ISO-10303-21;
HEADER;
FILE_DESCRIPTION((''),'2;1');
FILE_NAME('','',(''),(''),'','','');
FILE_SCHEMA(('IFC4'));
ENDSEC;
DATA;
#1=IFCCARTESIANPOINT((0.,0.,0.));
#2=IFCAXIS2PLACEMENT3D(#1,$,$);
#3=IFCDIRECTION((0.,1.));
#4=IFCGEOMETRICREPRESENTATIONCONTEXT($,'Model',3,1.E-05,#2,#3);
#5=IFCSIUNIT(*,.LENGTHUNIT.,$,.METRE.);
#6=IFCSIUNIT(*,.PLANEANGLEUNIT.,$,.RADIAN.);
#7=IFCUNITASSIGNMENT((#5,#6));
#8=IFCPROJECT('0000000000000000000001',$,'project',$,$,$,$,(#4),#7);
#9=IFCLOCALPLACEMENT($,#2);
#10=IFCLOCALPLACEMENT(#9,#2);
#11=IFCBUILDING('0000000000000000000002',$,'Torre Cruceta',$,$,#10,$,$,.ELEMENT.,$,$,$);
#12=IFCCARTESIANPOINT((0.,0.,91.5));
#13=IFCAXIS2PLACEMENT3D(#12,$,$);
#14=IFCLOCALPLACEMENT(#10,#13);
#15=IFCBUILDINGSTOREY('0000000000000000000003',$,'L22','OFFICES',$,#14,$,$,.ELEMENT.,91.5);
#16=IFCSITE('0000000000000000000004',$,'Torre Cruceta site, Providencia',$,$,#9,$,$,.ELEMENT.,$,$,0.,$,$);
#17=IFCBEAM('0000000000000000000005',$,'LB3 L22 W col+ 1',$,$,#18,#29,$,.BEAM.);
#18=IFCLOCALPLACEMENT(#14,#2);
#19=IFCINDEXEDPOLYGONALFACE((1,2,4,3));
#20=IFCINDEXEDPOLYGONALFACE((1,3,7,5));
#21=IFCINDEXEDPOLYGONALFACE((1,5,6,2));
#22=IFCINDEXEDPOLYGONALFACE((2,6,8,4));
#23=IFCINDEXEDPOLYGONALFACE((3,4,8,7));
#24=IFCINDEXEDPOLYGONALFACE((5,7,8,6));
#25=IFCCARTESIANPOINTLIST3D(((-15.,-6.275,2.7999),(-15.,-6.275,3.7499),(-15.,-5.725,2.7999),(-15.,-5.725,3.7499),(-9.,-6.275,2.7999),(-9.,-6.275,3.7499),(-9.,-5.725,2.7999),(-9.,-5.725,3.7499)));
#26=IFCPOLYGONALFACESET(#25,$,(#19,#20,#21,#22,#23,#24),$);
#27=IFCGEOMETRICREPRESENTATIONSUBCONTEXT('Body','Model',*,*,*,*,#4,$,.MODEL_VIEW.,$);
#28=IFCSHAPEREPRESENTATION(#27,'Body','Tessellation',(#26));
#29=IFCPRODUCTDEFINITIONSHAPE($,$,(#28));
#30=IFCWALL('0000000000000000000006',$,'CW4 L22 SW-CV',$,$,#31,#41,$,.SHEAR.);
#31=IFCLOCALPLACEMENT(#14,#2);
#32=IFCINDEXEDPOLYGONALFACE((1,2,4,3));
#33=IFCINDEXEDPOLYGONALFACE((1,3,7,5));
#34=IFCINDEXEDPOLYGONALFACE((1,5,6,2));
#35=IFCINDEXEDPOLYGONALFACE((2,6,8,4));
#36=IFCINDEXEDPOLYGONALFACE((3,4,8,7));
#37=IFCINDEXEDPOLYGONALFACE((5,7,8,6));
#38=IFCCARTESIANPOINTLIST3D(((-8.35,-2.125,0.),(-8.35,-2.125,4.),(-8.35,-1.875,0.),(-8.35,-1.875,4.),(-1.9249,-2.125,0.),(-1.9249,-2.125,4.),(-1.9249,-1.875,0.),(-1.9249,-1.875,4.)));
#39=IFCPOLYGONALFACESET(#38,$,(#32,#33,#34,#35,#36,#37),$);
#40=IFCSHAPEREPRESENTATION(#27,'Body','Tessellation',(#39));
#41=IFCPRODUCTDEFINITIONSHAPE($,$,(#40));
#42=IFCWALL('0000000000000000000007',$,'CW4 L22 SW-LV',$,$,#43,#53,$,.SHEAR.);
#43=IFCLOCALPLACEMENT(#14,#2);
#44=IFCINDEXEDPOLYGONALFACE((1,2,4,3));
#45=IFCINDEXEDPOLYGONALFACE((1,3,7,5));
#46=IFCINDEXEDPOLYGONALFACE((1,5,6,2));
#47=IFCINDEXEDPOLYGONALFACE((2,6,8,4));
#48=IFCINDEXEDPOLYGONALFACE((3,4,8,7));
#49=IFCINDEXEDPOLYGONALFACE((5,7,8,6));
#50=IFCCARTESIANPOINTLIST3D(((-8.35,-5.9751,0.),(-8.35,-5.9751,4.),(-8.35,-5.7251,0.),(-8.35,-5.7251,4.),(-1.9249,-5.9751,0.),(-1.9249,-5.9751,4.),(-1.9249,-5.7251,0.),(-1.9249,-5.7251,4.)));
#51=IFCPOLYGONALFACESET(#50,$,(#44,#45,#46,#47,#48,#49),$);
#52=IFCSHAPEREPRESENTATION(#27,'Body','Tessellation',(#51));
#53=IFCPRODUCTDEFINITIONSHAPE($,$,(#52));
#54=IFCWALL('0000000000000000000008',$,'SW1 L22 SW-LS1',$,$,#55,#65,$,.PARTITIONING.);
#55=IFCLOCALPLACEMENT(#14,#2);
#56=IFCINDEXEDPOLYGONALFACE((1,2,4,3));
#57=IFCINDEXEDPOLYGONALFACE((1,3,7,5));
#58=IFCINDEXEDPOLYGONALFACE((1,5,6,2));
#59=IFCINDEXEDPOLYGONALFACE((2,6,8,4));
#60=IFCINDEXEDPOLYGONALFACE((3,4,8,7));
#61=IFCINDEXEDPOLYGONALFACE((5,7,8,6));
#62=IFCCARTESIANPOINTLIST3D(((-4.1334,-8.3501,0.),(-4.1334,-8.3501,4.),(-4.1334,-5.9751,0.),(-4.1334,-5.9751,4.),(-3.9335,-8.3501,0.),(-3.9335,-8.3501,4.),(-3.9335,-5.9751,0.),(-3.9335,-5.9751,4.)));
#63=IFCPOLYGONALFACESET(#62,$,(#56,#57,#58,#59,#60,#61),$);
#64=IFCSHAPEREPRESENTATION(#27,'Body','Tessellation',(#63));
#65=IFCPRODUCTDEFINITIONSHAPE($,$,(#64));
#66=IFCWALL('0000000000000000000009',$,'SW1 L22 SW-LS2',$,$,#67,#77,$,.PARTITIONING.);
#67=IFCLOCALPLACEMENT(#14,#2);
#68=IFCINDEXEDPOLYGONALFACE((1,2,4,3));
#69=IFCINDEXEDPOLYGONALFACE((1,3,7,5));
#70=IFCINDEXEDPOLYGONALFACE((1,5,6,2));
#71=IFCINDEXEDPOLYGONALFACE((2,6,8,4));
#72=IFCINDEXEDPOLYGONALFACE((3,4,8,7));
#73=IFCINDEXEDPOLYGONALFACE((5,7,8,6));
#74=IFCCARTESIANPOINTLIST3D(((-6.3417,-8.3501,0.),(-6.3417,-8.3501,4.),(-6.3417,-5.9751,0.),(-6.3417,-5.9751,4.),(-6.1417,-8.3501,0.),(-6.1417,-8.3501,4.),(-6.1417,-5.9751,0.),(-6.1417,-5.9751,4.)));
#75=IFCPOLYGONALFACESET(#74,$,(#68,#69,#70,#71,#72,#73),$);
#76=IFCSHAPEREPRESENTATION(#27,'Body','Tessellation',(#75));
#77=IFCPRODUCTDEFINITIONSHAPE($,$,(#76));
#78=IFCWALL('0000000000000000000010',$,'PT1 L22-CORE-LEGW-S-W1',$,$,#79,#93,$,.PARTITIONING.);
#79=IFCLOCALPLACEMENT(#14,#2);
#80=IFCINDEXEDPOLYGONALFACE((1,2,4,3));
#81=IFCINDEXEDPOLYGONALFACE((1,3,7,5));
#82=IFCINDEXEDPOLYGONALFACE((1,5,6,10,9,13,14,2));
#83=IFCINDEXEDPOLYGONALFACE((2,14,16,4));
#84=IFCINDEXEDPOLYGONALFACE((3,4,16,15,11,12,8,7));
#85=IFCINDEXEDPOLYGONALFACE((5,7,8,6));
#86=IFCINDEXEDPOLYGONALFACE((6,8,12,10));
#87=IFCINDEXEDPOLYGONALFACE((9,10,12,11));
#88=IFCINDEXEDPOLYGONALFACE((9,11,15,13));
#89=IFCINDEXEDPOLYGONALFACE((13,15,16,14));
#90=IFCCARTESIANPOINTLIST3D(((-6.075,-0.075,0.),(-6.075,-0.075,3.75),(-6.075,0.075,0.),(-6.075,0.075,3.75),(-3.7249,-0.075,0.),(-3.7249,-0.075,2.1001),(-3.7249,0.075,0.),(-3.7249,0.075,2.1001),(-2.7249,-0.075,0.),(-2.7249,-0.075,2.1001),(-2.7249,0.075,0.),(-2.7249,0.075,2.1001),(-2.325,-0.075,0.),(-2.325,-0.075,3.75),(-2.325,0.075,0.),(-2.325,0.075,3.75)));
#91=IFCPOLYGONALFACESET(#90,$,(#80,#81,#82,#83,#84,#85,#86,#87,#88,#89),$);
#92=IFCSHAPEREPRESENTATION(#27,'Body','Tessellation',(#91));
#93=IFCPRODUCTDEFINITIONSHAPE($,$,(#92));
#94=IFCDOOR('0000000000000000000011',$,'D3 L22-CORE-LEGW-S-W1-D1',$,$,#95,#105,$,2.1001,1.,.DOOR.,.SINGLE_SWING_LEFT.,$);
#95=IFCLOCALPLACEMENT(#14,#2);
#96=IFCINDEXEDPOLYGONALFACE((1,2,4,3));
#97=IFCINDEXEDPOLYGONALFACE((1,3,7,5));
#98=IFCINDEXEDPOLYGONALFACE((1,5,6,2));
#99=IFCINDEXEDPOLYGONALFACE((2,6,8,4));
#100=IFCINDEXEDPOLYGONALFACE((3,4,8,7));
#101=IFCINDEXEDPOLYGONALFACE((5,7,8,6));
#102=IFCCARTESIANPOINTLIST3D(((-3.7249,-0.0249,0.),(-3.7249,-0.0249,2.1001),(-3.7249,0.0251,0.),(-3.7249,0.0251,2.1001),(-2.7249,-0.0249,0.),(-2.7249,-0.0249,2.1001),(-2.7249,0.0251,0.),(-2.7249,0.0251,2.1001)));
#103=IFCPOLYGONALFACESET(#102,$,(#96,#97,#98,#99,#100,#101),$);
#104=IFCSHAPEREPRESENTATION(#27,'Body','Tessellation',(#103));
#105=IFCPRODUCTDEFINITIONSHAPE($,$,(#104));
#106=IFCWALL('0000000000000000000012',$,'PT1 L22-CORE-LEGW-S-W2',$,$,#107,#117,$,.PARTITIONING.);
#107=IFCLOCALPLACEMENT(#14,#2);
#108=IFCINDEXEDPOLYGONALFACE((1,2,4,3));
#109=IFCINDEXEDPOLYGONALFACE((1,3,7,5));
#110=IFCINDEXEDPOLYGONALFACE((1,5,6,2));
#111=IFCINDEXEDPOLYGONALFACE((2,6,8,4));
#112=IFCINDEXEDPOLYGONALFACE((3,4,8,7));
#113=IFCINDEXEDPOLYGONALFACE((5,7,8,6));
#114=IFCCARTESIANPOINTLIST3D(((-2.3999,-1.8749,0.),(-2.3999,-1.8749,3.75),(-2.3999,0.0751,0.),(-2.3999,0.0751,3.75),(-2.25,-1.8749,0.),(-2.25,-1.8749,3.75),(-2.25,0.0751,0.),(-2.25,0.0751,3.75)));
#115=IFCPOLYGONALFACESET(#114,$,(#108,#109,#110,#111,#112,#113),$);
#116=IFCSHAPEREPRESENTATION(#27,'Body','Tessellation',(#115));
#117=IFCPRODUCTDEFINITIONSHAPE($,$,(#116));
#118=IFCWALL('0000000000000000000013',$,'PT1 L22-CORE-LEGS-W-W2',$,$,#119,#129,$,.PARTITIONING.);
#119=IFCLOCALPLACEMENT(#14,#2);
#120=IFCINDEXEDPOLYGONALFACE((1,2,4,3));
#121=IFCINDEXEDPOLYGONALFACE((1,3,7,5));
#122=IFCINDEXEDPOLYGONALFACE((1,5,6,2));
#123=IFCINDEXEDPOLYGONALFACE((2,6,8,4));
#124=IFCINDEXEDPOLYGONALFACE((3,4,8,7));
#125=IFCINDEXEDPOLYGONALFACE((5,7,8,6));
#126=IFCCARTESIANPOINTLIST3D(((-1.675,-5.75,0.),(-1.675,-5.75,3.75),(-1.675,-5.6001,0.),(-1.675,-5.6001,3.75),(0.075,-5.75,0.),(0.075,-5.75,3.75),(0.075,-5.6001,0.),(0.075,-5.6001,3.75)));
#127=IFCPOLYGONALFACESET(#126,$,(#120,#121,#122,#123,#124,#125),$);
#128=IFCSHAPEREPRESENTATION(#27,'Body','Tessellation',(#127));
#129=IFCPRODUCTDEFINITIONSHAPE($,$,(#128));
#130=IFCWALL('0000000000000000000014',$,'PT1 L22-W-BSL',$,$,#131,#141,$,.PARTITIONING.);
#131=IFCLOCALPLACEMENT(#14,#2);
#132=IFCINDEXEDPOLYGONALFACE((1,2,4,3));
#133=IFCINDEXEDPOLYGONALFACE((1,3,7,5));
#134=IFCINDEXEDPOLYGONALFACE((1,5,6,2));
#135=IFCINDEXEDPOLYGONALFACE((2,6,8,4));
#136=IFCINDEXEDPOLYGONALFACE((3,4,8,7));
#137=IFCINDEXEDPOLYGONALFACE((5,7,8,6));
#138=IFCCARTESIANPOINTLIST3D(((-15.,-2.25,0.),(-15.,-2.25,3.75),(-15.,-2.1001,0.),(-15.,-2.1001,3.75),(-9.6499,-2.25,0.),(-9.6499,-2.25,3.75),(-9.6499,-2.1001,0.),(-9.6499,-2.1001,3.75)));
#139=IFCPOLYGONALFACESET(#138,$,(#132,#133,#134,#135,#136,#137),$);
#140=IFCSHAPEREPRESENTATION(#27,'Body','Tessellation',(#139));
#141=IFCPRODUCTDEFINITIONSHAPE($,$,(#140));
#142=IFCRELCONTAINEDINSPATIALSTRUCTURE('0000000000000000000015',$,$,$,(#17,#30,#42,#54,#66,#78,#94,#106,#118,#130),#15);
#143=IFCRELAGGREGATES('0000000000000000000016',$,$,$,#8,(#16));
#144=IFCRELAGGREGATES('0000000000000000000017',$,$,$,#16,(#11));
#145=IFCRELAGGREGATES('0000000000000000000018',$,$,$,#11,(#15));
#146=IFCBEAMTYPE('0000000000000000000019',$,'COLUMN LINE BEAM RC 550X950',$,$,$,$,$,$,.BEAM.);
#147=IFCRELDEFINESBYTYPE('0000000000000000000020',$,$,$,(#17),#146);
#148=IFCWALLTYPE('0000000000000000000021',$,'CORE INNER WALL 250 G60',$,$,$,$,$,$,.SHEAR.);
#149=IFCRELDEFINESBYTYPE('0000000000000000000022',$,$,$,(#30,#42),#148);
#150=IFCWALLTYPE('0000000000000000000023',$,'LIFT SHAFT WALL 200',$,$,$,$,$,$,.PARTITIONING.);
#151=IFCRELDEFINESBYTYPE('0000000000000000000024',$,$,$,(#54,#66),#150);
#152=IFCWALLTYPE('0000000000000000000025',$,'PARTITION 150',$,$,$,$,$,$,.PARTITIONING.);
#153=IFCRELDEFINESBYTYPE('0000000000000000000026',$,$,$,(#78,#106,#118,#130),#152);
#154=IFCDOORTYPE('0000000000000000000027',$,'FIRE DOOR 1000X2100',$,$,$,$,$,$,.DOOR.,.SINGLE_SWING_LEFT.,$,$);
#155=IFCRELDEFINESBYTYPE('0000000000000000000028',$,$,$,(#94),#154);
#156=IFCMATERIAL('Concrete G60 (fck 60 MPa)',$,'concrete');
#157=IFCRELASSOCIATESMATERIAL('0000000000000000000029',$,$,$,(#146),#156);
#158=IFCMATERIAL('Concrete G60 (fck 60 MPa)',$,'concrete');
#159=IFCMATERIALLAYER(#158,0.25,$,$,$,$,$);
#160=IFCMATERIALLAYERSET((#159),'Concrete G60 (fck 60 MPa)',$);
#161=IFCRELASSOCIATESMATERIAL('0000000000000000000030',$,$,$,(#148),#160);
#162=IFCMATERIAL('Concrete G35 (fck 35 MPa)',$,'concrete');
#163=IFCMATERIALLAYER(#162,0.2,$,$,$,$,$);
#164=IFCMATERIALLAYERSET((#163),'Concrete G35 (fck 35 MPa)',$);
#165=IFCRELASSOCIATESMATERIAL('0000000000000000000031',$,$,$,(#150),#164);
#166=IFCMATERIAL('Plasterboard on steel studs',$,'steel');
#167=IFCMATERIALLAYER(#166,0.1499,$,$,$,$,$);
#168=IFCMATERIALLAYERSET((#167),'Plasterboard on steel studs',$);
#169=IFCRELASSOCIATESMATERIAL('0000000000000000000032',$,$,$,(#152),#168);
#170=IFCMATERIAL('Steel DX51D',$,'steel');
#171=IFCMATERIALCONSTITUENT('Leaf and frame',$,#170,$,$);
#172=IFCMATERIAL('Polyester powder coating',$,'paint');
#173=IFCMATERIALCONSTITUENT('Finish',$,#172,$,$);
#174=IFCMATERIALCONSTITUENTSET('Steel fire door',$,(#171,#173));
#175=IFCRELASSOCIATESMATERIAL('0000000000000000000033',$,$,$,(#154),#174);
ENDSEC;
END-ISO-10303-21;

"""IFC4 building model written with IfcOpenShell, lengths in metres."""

from ifc_helpers import new_model, si_unit, direction, frame, frame_2d, origin, origin_2d, place, context, subcontext, project, spatial, rectangle, extrude, material, layer, layer_set, constituent, constituent_set, material_profile, profile_set, type_object, element, fill, save


model = new_model("IFC4")

# Units and contexts
model_context = context("Model", 3, precision=1e-05, world=origin(), true_north=direction((0.0, 1.0)))
body_context = subcontext(model_context, "Body", "Model", "MODEL_VIEW")
ifc_project = project(units=[si_unit("LENGTHUNIT", "METRE"), si_unit("PLANEANGLEUNIT", "RADIAN")], contexts=[model_context])

# Site, building, storey
site_placement = place(None, origin())
site = spatial("IfcSite", under=ifc_project, at=site_placement, Name="Torre Cruceta site, Providencia", CompositionType="ELEMENT", RefElevation=0.0)
building_placement = place(site_placement, origin())
building = spatial("IfcBuilding", under=site, at=building_placement, Name="Torre Cruceta", CompositionType="ELEMENT")
storey_placement = place(building_placement, frame((0.0, 0.0, 91.5)))
storey = spatial("IfcBuildingStorey", under=building, at=storey_placement, Name="L22", Description="OFFICES", CompositionType="ELEMENT", Elevation=91.5)

# Beam
ifc_material_1 = material(Name="Concrete G60 (fck 60 MPa)", Category="concrete")
ifc_material_profile = material_profile(ifc_material_1, rectangle(XDim=0.55, YDim=0.95, at=origin_2d()), Name="RC 550X950")
ifc_profile_set = profile_set([ifc_material_profile], Name="Concrete G60 (fck 60 MPa)")
beam_type = type_object("IfcBeamType", Name="COLUMN LINE BEAM RC 550X950", PredefinedType="BEAM", material=ifc_profile_set)
beam_placement = place(storey_placement, frame((-9.0, -6.0, 3.2749), z_axis=(-1.0, 0.0, 0.0), x_axis=(0.0, -1.0, 0.0)))
element("IfcBeam", 1, at=beam_placement, inside=storey, type_object=beam_type, Name="LB3 L22 W col+ 1", PredefinedType="BEAM", context=body_context, shape_type="SweptSolid", body=[
    extrude(rectangle(XDim=0.55, YDim=0.95, at=origin_2d()), origin(), (0.0, 0.0, 1.0), 6.0),
])

# Shared definitions
ifc_material_2 = material(Name="Concrete G60 (fck 60 MPa)", Category="concrete")
ifc_layer_1 = layer(ifc_material_2, 0.25)
ifc_layer_set_1 = layer_set([ifc_layer_1], Name="Concrete G60 (fck 60 MPa)")
wall_type_1 = type_object("IfcWallType", Name="CORE INNER WALL 250 G60", PredefinedType="SHEAR", material=ifc_layer_set_1)

# Walls
for number, where, z_axis, x_axis, name in (
    (2, (-1.925, -2.0, 0.0), (0.0, 0.0, 1.0), (-1.0, 0.0, 0.0), "CW4 L22 SW-CV"),
    (3, (-1.925, -5.8501, 0.0), (0.0, 0.0, 1.0), (-1.0, 0.0, 0.0), "CW4 L22 SW-LV"),
):
    element("IfcWall", number, at=place(storey_placement, frame(where, z_axis=z_axis, x_axis=x_axis)), inside=storey, type_object=wall_type_1, Name=name, PredefinedType="SHEAR", context=body_context, shape_type="SweptSolid", body=[
        extrude(rectangle(XDim=6.425, YDim=0.25, at=frame_2d((3.2124, 0.0))), origin(), (0.0, 0.0, 1.0), 4.0),
    ])
ifc_material_3 = material(Name="Concrete G35 (fck 35 MPa)", Category="concrete")
ifc_layer_2 = layer(ifc_material_3, 0.2)
ifc_layer_set_2 = layer_set([ifc_layer_2], Name="Concrete G35 (fck 35 MPa)")
wall_type_2 = type_object("IfcWallType", Name="LIFT SHAFT WALL 200", PredefinedType="PARTITIONING", material=ifc_layer_set_2)
for number, where, z_axis, x_axis, name in (
    (4, (-4.0334, -5.9751, 0.0), (0.0, 0.0, 1.0), (0.0, -1.0, 0.0), "SW1 L22 SW-LS1"),
    (5, (-6.2417, -5.9751, 0.0), (0.0, 0.0, 1.0), (0.0, -1.0, 0.0), "SW1 L22 SW-LS2"),
):
    element("IfcWall", number, at=place(storey_placement, frame(where, z_axis=z_axis, x_axis=x_axis)), inside=storey, type_object=wall_type_2, Name=name, PredefinedType="PARTITIONING", context=body_context, shape_type="SweptSolid", body=[
        extrude(rectangle(XDim=2.375, YDim=0.2, at=frame_2d((1.1875, 0.0))), origin(), (0.0, 0.0, 1.0), 4.0),
    ])

# Wall, opening, door
ifc_material_4 = material(Name="Plasterboard on steel studs", Category="steel")
ifc_layer_3 = layer(ifc_material_4, 0.1499)
ifc_layer_set_3 = layer_set([ifc_layer_3], Name="Plasterboard on steel studs")
wall_type_3 = type_object("IfcWallType", Name="PARTITION 150", PredefinedType="PARTITIONING", material=ifc_layer_set_3)
wall_1_placement = place(storey_placement, frame((-2.325, 0.0, 0.0), z_axis=(0.0, 0.0, 1.0), x_axis=(-1.0, 0.0, 0.0)))
wall_1 = element("IfcWall", 6, at=wall_1_placement, inside=storey, type_object=wall_type_3, Name="PT1 L22-CORE-LEGW-S-W1", PredefinedType="PARTITIONING", context=body_context, shape_type="SweptSolid", body=[
    extrude(rectangle(XDim=3.75, YDim=0.1499, at=frame_2d((1.875, 0.0))), origin(), (0.0, 0.0, 1.0), 3.75),
])
opening_1_placement = place(wall_1_placement, frame((0.3999, 0.0, 0.0)))
opening_1 = element("IfcOpeningElement", 7, at=opening_1_placement, cuts=wall_1, PredefinedType="OPENING", context=body_context, shape_type="SweptSolid", body=[
    extrude(rectangle(XDim=1.0, YDim=2.1001, at=frame_2d((0.5, 1.05))), frame((0.0, 0.085, 0.0), z_axis=(0.0, -1.0, 0.0), x_axis=(1.0, 0.0, 0.0)), (0.0, 0.0, 1.0), 0.1699),
])
ifc_material_5 = material(Name="Steel DX51D", Category="steel")
ifc_constituent_1 = constituent(ifc_material_5, Name="Leaf and frame")
ifc_material_6 = material(Name="Polyester powder coating", Category="paint")
ifc_constituent_2 = constituent(ifc_material_6, Name="Finish")
ifc_constituent_set_1 = constituent_set(constituents=[ifc_constituent_1, ifc_constituent_2], Name="Steel fire door")
door_type_1 = type_object("IfcDoorType", Name="FIRE DOOR 1000X2100", OperationType="SINGLE_SWING_LEFT", PredefinedType="DOOR", material=ifc_constituent_set_1)
door_1_placement = place(opening_1_placement, origin())
door_1 = element("IfcDoor", 8, at=door_1_placement, inside=storey, type_object=door_type_1, Name="D3 L22-CORE-LEGW-S-W1-D1", OperationType="SINGLE_SWING_LEFT", OverallHeight=2.1001, OverallWidth=1.0, PredefinedType="DOOR", context=body_context, shape_type="SweptSolid", body=[
    extrude(rectangle(XDim=1.0, YDim=2.1001, at=frame_2d((0.5, 1.05))), frame((0.0, 0.0249, 0.0), z_axis=(0.0, -1.0, 0.0), x_axis=(1.0, 0.0, 0.0)), (0.0, 0.0, 1.0), 0.05),
])
fill(opening_1, door_1)

# Walls
wall_2_placement = place(storey_placement, frame((-2.325, -1.875, 0.0), z_axis=(0.0, 0.0, 1.0), x_axis=(0.0, 1.0, 0.0)))
element("IfcWall", 9, at=wall_2_placement, inside=storey, type_object=wall_type_3, Name="PT1 L22-CORE-LEGW-S-W2", PredefinedType="PARTITIONING", context=body_context, shape_type="SweptSolid", body=[
    extrude(rectangle(XDim=1.95, YDim=0.1499, at=frame_2d((0.9751, 0.0))), origin(), (0.0, 0.0, 1.0), 3.75),
])
wall_3_placement = place(storey_placement, frame((-1.675, -5.675, 0.0), z_axis=(0.0, 0.0, 1.0), x_axis=(1.0, 0.0, 0.0)))
element("IfcWall", 10, at=wall_3_placement, inside=storey, type_object=wall_type_3, Name="PT1 L22-CORE-LEGS-W-W2", PredefinedType="PARTITIONING", context=body_context, shape_type="SweptSolid", body=[
    extrude(rectangle(XDim=1.75, YDim=0.1499, at=frame_2d((0.875, 0.0))), origin(), (0.0, 0.0, 1.0), 3.75),
])
wall_4_placement = place(storey_placement, frame((-9.6499, -2.175, 0.0), z_axis=(0.0, 0.0, 1.0), x_axis=(-1.0, 0.0, 0.0)))
element("IfcWall", 11, at=wall_4_placement, inside=storey, type_object=wall_type_3, Name="PT1 L22-W-BSL", PredefinedType="PARTITIONING", context=body_context, shape_type="SweptSolid", body=[
    extrude(rectangle(XDim=5.3501, YDim=0.1499, at=frame_2d((2.675, 0.0))), origin(), (0.0, 0.0, 1.0), 3.75),
])

save(model, "model.ifc")
